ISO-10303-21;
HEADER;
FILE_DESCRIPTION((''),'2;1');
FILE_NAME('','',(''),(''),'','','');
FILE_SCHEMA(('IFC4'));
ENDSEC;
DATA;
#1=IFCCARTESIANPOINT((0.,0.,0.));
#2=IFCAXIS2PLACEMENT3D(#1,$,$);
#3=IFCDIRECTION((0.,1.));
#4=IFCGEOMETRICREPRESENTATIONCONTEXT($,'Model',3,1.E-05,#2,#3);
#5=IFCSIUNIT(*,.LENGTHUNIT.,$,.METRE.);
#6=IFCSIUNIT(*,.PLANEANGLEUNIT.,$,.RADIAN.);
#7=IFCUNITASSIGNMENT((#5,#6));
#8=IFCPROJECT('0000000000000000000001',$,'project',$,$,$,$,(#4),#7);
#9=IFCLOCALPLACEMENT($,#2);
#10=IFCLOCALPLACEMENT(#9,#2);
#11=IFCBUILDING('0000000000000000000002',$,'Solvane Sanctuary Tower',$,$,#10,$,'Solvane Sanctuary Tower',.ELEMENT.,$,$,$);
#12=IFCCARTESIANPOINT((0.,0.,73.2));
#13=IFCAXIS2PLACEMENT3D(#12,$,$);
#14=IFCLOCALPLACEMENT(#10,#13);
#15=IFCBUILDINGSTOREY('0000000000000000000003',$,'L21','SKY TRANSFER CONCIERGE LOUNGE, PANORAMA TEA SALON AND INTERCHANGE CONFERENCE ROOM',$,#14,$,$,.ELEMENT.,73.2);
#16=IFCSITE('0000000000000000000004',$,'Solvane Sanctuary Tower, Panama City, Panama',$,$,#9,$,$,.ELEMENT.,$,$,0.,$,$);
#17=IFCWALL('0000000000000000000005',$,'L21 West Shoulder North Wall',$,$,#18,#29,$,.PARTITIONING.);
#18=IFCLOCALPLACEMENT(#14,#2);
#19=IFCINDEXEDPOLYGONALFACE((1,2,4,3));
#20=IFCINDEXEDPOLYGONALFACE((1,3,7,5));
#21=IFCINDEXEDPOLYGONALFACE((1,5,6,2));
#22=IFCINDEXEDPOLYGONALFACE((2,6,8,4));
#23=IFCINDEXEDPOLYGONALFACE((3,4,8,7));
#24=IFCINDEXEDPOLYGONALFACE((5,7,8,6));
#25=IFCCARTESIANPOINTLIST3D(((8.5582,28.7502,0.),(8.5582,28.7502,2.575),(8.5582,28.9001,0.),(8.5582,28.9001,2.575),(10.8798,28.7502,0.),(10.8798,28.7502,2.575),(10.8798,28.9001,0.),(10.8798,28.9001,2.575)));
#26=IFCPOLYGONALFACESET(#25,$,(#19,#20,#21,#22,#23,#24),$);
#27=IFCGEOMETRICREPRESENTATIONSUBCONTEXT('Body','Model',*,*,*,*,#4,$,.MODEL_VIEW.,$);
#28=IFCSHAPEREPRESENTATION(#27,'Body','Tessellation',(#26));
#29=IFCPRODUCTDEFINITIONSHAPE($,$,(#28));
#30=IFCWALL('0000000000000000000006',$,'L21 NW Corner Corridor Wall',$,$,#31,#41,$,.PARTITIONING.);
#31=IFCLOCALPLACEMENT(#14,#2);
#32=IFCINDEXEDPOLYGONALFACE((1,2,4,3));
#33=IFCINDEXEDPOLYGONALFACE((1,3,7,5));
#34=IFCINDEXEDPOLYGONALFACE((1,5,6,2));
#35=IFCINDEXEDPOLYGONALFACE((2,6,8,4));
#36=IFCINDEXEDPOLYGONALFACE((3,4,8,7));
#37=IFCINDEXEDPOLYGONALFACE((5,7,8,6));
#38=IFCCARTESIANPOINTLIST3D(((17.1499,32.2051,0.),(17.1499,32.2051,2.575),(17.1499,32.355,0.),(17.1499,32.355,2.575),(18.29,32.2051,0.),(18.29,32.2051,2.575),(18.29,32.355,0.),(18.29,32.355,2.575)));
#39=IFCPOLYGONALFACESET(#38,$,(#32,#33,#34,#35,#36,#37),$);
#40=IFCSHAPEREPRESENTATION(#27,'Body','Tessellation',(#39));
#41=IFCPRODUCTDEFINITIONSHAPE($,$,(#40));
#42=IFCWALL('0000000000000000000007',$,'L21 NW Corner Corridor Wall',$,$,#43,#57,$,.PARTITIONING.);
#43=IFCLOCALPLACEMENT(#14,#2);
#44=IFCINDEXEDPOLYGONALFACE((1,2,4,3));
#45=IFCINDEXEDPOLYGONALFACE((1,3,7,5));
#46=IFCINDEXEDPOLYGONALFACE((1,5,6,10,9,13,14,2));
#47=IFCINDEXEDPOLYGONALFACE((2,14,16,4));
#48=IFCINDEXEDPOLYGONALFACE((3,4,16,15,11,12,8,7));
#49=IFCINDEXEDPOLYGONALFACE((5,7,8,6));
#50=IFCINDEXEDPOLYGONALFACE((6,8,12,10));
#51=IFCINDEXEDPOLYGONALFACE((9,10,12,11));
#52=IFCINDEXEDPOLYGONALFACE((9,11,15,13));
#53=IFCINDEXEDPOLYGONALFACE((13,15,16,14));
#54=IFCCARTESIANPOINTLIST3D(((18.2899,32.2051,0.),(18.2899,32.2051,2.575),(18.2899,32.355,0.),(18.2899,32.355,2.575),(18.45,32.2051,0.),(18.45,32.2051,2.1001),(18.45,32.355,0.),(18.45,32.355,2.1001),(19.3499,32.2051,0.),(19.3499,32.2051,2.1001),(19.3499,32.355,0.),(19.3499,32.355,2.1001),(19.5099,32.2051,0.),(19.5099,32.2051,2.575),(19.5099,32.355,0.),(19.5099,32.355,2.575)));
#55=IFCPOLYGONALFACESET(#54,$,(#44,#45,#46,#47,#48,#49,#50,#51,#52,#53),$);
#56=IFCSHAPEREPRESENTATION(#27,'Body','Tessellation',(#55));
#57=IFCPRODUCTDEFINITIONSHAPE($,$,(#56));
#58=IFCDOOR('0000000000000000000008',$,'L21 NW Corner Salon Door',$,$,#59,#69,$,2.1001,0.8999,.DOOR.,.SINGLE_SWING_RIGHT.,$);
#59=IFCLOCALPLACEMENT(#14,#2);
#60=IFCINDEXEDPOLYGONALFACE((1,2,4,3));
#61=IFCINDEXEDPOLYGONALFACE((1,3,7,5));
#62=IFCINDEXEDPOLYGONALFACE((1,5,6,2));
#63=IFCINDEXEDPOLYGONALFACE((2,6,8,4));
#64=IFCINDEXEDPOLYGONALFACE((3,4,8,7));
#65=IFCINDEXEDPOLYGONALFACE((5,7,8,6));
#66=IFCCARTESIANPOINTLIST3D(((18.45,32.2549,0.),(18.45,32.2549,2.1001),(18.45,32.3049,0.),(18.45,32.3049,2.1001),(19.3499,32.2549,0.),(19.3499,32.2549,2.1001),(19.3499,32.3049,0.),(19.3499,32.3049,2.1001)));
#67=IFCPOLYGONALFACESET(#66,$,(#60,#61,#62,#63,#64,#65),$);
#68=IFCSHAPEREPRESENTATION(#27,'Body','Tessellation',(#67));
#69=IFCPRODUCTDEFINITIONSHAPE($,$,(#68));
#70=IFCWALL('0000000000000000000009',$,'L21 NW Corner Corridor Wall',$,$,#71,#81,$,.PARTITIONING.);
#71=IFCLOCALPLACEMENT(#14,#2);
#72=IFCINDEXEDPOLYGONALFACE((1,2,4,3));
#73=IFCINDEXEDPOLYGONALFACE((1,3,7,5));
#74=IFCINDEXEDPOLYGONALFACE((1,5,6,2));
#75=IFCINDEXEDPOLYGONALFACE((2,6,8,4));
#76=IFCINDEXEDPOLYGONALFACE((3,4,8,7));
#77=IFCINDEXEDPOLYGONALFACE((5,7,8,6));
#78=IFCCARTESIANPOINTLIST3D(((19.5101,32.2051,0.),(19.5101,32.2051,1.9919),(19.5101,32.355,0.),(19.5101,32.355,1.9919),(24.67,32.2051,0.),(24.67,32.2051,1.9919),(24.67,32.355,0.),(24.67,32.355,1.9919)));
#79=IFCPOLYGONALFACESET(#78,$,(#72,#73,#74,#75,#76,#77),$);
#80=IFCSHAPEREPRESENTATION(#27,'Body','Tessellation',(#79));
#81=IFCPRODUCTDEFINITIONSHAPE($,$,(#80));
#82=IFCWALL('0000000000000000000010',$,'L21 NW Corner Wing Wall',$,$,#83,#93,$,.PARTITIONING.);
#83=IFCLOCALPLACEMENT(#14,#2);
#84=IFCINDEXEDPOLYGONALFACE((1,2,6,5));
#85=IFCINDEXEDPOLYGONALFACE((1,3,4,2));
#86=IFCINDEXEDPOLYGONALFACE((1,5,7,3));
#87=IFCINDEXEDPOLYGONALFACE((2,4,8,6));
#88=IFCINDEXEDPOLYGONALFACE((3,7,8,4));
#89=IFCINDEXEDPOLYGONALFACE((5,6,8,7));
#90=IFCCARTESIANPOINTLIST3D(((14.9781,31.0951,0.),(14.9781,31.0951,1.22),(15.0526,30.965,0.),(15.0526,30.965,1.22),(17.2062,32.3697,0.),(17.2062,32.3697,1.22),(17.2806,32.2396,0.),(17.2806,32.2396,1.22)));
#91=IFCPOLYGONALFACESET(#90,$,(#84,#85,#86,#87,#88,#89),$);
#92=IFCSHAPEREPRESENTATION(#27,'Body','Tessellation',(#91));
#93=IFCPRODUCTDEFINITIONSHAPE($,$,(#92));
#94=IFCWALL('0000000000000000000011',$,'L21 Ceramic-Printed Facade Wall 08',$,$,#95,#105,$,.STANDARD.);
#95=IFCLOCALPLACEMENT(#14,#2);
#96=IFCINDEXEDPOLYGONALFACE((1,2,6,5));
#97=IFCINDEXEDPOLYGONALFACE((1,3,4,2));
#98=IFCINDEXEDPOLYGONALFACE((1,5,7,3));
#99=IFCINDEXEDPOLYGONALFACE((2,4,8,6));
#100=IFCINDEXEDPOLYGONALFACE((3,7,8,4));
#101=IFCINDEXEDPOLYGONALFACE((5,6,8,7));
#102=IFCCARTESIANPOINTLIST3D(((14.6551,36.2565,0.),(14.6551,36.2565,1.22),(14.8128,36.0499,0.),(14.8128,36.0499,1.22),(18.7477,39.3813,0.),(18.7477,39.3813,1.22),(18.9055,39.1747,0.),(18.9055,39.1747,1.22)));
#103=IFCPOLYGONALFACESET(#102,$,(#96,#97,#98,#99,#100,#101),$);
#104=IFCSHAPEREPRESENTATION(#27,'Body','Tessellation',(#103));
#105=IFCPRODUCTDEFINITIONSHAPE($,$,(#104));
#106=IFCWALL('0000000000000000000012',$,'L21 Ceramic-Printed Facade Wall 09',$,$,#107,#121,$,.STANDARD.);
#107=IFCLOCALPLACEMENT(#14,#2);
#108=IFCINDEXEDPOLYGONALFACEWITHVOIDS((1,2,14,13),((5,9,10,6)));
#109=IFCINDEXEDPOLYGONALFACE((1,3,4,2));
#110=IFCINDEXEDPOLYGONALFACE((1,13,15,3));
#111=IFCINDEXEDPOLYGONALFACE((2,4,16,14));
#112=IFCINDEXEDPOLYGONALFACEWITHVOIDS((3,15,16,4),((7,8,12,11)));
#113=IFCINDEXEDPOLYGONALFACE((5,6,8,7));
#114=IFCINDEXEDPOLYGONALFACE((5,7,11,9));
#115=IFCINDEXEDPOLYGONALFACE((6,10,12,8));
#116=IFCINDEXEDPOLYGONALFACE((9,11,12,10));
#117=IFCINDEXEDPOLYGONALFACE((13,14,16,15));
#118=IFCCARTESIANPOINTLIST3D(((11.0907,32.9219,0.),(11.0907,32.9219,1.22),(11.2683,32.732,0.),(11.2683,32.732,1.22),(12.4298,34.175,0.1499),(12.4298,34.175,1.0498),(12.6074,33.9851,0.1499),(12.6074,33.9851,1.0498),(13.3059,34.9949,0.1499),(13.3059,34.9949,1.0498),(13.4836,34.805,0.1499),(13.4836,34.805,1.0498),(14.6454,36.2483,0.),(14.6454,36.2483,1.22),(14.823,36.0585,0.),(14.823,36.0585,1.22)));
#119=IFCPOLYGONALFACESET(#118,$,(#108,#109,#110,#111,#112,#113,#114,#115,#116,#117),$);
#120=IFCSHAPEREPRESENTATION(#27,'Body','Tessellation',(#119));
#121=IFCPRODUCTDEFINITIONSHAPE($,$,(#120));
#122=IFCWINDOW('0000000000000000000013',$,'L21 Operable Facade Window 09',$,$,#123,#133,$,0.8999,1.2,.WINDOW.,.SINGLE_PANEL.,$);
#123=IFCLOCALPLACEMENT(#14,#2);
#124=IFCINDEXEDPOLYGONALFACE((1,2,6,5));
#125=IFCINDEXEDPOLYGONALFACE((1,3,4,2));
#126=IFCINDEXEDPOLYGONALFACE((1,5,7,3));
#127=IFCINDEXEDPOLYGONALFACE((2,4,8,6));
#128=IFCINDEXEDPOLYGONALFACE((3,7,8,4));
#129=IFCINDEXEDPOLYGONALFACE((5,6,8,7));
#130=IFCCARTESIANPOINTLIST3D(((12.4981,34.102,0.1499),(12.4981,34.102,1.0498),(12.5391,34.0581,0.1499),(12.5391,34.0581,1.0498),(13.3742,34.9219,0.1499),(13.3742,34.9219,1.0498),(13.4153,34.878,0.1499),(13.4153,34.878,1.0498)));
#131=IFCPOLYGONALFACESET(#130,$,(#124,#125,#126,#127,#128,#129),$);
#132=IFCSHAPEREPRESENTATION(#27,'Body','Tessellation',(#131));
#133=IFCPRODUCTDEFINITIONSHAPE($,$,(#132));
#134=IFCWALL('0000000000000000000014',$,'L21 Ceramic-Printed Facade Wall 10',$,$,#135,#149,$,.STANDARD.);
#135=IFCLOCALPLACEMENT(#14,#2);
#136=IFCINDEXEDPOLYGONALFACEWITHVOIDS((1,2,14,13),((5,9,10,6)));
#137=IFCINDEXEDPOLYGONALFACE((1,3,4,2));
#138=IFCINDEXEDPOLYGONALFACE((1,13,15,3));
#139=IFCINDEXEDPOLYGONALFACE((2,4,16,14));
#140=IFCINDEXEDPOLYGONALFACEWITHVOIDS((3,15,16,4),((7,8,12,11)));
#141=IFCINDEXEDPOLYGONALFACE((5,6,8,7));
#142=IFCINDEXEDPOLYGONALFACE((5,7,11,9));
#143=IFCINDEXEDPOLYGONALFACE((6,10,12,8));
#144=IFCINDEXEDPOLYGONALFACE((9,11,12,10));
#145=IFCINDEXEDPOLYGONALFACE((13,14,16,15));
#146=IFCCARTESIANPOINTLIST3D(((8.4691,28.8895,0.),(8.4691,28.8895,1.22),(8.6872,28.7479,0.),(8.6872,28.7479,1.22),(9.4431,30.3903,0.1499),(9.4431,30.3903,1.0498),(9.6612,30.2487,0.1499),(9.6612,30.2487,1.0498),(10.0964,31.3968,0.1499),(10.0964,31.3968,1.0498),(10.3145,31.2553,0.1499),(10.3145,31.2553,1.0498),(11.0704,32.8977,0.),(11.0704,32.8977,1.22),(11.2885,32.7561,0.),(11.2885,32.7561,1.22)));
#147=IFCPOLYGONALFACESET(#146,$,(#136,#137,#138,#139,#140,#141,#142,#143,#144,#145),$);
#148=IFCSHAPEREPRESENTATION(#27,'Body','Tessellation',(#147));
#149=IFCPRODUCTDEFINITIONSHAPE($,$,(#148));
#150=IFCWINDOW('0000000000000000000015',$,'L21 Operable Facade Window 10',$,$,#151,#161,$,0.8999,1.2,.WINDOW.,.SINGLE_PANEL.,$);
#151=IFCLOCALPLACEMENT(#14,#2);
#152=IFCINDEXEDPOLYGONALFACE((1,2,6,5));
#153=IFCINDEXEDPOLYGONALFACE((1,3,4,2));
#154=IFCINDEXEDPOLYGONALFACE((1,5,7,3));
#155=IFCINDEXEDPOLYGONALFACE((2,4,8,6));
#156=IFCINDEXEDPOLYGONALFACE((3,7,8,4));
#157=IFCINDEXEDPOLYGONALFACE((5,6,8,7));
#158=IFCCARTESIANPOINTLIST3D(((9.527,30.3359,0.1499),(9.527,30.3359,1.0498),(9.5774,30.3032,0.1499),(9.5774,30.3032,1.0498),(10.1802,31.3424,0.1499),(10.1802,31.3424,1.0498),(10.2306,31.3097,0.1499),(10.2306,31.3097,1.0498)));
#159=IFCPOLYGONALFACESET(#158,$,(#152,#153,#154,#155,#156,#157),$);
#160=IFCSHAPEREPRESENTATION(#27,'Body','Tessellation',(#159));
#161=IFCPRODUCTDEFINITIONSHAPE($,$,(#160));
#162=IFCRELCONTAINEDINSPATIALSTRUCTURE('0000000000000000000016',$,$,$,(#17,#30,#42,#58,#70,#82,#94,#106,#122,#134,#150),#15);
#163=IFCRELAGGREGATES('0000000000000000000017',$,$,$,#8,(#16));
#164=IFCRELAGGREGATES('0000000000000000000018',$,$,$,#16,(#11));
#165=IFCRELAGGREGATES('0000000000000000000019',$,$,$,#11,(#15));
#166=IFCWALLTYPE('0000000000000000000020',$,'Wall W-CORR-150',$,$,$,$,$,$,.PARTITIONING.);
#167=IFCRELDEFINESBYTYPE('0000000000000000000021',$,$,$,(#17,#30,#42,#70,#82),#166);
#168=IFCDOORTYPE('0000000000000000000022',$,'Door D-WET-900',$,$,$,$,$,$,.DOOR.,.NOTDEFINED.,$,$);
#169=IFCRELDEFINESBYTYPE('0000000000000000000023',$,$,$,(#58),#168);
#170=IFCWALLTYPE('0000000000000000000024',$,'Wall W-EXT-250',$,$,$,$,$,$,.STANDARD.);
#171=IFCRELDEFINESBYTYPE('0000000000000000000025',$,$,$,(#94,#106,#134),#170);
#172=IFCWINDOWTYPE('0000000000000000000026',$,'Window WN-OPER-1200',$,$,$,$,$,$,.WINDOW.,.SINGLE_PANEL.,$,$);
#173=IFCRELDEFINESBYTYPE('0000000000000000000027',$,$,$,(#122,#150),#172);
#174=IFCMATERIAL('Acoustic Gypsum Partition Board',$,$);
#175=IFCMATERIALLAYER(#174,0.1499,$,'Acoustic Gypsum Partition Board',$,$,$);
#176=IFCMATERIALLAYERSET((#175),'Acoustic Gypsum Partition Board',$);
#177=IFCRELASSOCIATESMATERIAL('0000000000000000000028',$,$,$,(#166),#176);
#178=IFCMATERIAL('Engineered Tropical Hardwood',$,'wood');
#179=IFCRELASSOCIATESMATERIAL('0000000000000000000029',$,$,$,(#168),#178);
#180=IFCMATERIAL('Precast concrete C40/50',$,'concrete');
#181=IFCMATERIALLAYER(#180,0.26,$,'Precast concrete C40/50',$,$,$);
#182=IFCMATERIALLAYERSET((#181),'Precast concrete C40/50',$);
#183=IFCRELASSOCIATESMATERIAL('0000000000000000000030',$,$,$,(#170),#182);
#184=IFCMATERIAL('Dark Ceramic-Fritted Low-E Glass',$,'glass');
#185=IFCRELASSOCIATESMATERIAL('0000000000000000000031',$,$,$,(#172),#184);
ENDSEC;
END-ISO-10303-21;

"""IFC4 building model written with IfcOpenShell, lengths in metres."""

from ifc_helpers import new_model, si_unit, direction, frame, frame_2d, origin, place, context, subcontext, project, spatial, rectangle, extrude, material, layer, layer_set, type_object, element, fill, save


model = new_model("IFC4")

# Units and contexts
model_context = context("Model", 3, precision=1e-05, world=origin(), true_north=direction((0.0, 1.0)))
body_context = subcontext(model_context, "Body", "Model", "MODEL_VIEW")
ifc_project = project(units=[si_unit("LENGTHUNIT", "METRE"), si_unit("PLANEANGLEUNIT", "RADIAN")], contexts=[model_context])

# Site, building, storey
site_placement = place(None, origin())
site = spatial("IfcSite", under=ifc_project, at=site_placement, Name="Solvane Sanctuary Tower, Panama City, Panama", CompositionType="ELEMENT", RefElevation=0.0)
building_placement = place(site_placement, origin())
building = spatial("IfcBuilding", under=site, at=building_placement, Name="Solvane Sanctuary Tower", LongName="Solvane Sanctuary Tower", CompositionType="ELEMENT")
storey_placement = place(building_placement, frame((0.0, 0.0, 73.2)))
storey = spatial("IfcBuildingStorey", under=building, at=storey_placement, Name="L21", Description="SKY TRANSFER CONCIERGE LOUNGE, PANORAMA TEA SALON AND INTERCHANGE CONFERENCE ROOM", CompositionType="ELEMENT", Elevation=73.2)

# Shared definitions
ifc_material_1 = material(Name="Dark Ceramic-Fritted Low-E Glass", Category="glass")

# Walls
ifc_material_2 = material(Name="Acoustic Gypsum Partition Board")
ifc_layer_1 = layer(ifc_material_2, 0.1499, Name="Acoustic Gypsum Partition Board")
ifc_layer_set_1 = layer_set([ifc_layer_1], Name="Acoustic Gypsum Partition Board")
wall_type_1 = type_object("IfcWallType", Name="Wall W-CORR-150", PredefinedType="PARTITIONING", material=ifc_layer_set_1)
wall_1_placement = place(storey_placement, frame((8.5583, 28.8252, 0.0), z_axis=(0.0, 0.0, 1.0), x_axis=(1.0, 0.0, 0.0)))
element("IfcWall", 1, at=wall_1_placement, inside=storey, type_object=wall_type_1, Name="L21 West Shoulder North Wall", PredefinedType="PARTITIONING", context=body_context, shape_type="SweptSolid", body=[
    extrude(rectangle(XDim=2.3215, YDim=0.1499, at=frame_2d((1.1606, 0.0))), origin(), (0.0, 0.0, 1.0), 2.575),
])
wall_2_placement = place(storey_placement, frame((17.1499, 32.28, 0.0), z_axis=(0.0, 0.0, 1.0), x_axis=(1.0, 0.0, 0.0)))
element("IfcWall", 2, at=wall_2_placement, inside=storey, type_object=wall_type_1, Name="L21 NW Corner Corridor Wall", PredefinedType="PARTITIONING", context=body_context, shape_type="SweptSolid", body=[
    extrude(rectangle(XDim=1.1401, YDim=0.1499, at=frame_2d((0.5701, 0.0))), origin(), (0.0, 0.0, 1.0), 2.575),
])

# Wall, opening, door
wall_3_placement = place(storey_placement, frame((18.29, 32.28, 0.0), z_axis=(0.0, 0.0, 1.0), x_axis=(1.0, 0.0, 0.0)))
wall_3 = element("IfcWall", 3, at=wall_3_placement, inside=storey, type_object=wall_type_1, Name="L21 NW Corner Corridor Wall", PredefinedType="PARTITIONING", context=body_context, shape_type="SweptSolid", body=[
    extrude(rectangle(XDim=1.22, YDim=0.1499, at=frame_2d((0.6099, 0.0))), origin(), (0.0, 0.0, 1.0), 2.575),
])
opening_1_placement = place(wall_3_placement, frame((0.1599, 0.0, 0.0)))
opening_1 = element("IfcOpeningElement", 4, at=opening_1_placement, cuts=wall_3, PredefinedType="OPENING", context=body_context, shape_type="SweptSolid", body=[
    extrude(rectangle(XDim=0.8999, YDim=2.1001, at=frame_2d((0.45, 1.05))), frame((0.0, 0.085, 0.0), z_axis=(0.0, -1.0, 0.0), x_axis=(1.0, 0.0, 0.0)), (0.0, 0.0, 1.0), 0.1699),
])
ifc_material_3 = material(Name="Engineered Tropical Hardwood", Category="wood")
door_type_1 = type_object("IfcDoorType", Name="Door D-WET-900", OperationType="NOTDEFINED", PredefinedType="DOOR", material=ifc_material_3)
door_1_placement = place(opening_1_placement, origin())
door_1 = element("IfcDoor", 5, at=door_1_placement, inside=storey, type_object=door_type_1, Name="L21 NW Corner Salon Door", OperationType="SINGLE_SWING_RIGHT", OverallHeight=2.1001, OverallWidth=0.8999, PredefinedType="DOOR", context=body_context, shape_type="SweptSolid", body=[
    extrude(rectangle(XDim=0.8999, YDim=2.1001, at=frame_2d((0.45, 1.05))), frame((0.0, 0.0249, 0.0), z_axis=(0.0, -1.0, 0.0), x_axis=(1.0, 0.0, 0.0)), (0.0, 0.0, 1.0), 0.05),
])
fill(opening_1, door_1)

# Walls
wall_4_placement = place(storey_placement, frame((19.51, 32.28, 0.0), z_axis=(0.0, 0.0, 1.0), x_axis=(1.0, 0.0, 0.0)))
element("IfcWall", 6, at=wall_4_placement, inside=storey, type_object=wall_type_1, Name="L21 NW Corner Corridor Wall", PredefinedType="PARTITIONING", context=body_context, shape_type="SweptSolid", body=[
    extrude(rectangle(XDim=5.1599, YDim=0.1499, at=frame_2d((2.5801, 0.0))), origin(), (0.0, 0.0, 1.0), 1.9919),
])
wall_5_placement = place(storey_placement, frame((17.2434, 32.3047, 0.0), z_axis=(0.0, 0.0, 1.0), x_axis=(-0.867991, -0.496579, 0.0)))
element("IfcWall", 7, at=wall_5_placement, inside=storey, type_object=wall_type_1, Name="L21 NW Corner Wing Wall", PredefinedType="PARTITIONING", context=body_context, shape_type="SweptSolid", body=[
    extrude(rectangle(XDim=2.5669, YDim=0.1499, at=frame_2d((1.2834, 0.0))), origin(), (0.0, 0.0, 1.0), 1.22),
])
ifc_material_4 = material(Name="Precast concrete C40/50", Category="concrete")
ifc_layer_2 = layer(ifc_material_4, 0.26, Name="Precast concrete C40/50")
ifc_layer_set_2 = layer_set([ifc_layer_2], Name="Precast concrete C40/50")
wall_type_2 = type_object("IfcWallType", Name="Wall W-EXT-250", PredefinedType="STANDARD", material=ifc_layer_set_2)
wall_6_placement = place(storey_placement, frame((18.8267, 39.2781, 0.0), z_axis=(0.0, 0.0, 1.0), x_axis=(-0.79481, -0.606859, 0.0)))
element("IfcWall", 8, at=wall_6_placement, inside=storey, type_object=wall_type_2, Name="L21 Ceramic-Printed Facade Wall 08", PredefinedType="STANDARD", context=body_context, shape_type="SweptSolid", body=[
    extrude(rectangle(XDim=5.1492, YDim=0.26, at=frame_2d((2.5747, 0.0))), origin(), (0.0, 0.0, 1.0), 1.22),
])

# Walls, openings, windows
wall_7_placement = place(storey_placement, frame((14.7341, 36.1533, 0.0), z_axis=(0.0, 0.0, 1.0), x_axis=(-0.730162, -0.683274, 0.0)))
wall_7 = element("IfcWall", 9, at=wall_7_placement, inside=storey, type_object=wall_type_2, Name="L21 Ceramic-Printed Facade Wall 09", PredefinedType="STANDARD", context=body_context, shape_type="SweptSolid", body=[
    extrude(rectangle(XDim=4.8684, YDim=0.26, at=frame_2d((2.4341, 0.0))), origin(), (0.0, 0.0, 1.0), 1.22),
])
opening_2_placement = place(wall_7_placement, frame((1.8342, 0.0, 0.1499)))
opening_2 = element("IfcOpeningElement", 10, at=opening_2_placement, cuts=wall_7, PredefinedType="OPENING", context=body_context, shape_type="SweptSolid", body=[
    extrude(rectangle(XDim=1.2, YDim=0.8999, at=frame_2d((0.6001, 0.45))), frame((0.0, 0.1399, 0.0), z_axis=(0.0, -1.0, 0.0), x_axis=(1.0, 0.0, 0.0)), (0.0, 0.0, 1.0), 0.28),
])
window_type_1 = type_object("IfcWindowType", Name="Window WN-OPER-1200", PartitioningType="SINGLE_PANEL", PredefinedType="WINDOW", material=ifc_material_1)
window_1_placement = place(opening_2_placement, origin())
window_1 = element("IfcWindow", 11, at=window_1_placement, inside=storey, type_object=window_type_1, Name="L21 Operable Facade Window 09", OverallHeight=0.8999, OverallWidth=1.2, PartitioningType="SINGLE_PANEL", PredefinedType="WINDOW", context=body_context, shape_type="SweptSolid", body=[
    extrude(rectangle(XDim=1.2, YDim=0.8999, at=frame_2d((0.6001, 0.45))), frame((0.0, 0.03, 0.0), z_axis=(0.0, -1.0, 0.0), x_axis=(1.0, 0.0, 0.0)), (0.0, 0.0, 1.0), 0.0601),
])
fill(opening_2, window_1)
wall_8_placement = place(storey_placement, frame((11.1794, 32.8269, 0.0), z_axis=(0.0, 0.0, 1.0), x_axis=(-0.544388, -0.838833, 0.0)))
wall_8 = element("IfcWall", 12, at=wall_8_placement, inside=storey, type_object=wall_type_2, Name="L21 Ceramic-Printed Facade Wall 10", PredefinedType="STANDARD", context=body_context, shape_type="SweptSolid", body=[
    extrude(rectangle(XDim=4.7783, YDim=0.26, at=frame_2d((2.3892, 0.0))), origin(), (0.0, 0.0, 1.0), 1.22),
])
opening_3_placement = place(wall_8_placement, frame((1.7891, 0.0, 0.1499)))
opening_3 = element("IfcOpeningElement", 13, at=opening_3_placement, cuts=wall_8, PredefinedType="OPENING", context=body_context, shape_type="SweptSolid", body=[
    extrude(rectangle(XDim=1.2, YDim=0.8999, at=frame_2d((0.6001, 0.45))), frame((0.0, 0.1399, 0.0), z_axis=(0.0, -1.0, 0.0), x_axis=(1.0, 0.0, 0.0)), (0.0, 0.0, 1.0), 0.28),
])
window_2_placement = place(opening_3_placement, origin())
window_2 = element("IfcWindow", 14, at=window_2_placement, inside=storey, type_object=window_type_1, Name="L21 Operable Facade Window 10", OverallHeight=0.8999, OverallWidth=1.2, PartitioningType="SINGLE_PANEL", PredefinedType="WINDOW", context=body_context, shape_type="SweptSolid", body=[
    extrude(rectangle(XDim=1.2, YDim=0.8999, at=frame_2d((0.6001, 0.45))), frame((0.0, 0.03, 0.0), z_axis=(0.0, -1.0, 0.0), x_axis=(1.0, 0.0, 0.0)), (0.0, 0.0, 1.0), 0.0601),
])
fill(opening_3, window_2)

save(model, "model.ifc")
